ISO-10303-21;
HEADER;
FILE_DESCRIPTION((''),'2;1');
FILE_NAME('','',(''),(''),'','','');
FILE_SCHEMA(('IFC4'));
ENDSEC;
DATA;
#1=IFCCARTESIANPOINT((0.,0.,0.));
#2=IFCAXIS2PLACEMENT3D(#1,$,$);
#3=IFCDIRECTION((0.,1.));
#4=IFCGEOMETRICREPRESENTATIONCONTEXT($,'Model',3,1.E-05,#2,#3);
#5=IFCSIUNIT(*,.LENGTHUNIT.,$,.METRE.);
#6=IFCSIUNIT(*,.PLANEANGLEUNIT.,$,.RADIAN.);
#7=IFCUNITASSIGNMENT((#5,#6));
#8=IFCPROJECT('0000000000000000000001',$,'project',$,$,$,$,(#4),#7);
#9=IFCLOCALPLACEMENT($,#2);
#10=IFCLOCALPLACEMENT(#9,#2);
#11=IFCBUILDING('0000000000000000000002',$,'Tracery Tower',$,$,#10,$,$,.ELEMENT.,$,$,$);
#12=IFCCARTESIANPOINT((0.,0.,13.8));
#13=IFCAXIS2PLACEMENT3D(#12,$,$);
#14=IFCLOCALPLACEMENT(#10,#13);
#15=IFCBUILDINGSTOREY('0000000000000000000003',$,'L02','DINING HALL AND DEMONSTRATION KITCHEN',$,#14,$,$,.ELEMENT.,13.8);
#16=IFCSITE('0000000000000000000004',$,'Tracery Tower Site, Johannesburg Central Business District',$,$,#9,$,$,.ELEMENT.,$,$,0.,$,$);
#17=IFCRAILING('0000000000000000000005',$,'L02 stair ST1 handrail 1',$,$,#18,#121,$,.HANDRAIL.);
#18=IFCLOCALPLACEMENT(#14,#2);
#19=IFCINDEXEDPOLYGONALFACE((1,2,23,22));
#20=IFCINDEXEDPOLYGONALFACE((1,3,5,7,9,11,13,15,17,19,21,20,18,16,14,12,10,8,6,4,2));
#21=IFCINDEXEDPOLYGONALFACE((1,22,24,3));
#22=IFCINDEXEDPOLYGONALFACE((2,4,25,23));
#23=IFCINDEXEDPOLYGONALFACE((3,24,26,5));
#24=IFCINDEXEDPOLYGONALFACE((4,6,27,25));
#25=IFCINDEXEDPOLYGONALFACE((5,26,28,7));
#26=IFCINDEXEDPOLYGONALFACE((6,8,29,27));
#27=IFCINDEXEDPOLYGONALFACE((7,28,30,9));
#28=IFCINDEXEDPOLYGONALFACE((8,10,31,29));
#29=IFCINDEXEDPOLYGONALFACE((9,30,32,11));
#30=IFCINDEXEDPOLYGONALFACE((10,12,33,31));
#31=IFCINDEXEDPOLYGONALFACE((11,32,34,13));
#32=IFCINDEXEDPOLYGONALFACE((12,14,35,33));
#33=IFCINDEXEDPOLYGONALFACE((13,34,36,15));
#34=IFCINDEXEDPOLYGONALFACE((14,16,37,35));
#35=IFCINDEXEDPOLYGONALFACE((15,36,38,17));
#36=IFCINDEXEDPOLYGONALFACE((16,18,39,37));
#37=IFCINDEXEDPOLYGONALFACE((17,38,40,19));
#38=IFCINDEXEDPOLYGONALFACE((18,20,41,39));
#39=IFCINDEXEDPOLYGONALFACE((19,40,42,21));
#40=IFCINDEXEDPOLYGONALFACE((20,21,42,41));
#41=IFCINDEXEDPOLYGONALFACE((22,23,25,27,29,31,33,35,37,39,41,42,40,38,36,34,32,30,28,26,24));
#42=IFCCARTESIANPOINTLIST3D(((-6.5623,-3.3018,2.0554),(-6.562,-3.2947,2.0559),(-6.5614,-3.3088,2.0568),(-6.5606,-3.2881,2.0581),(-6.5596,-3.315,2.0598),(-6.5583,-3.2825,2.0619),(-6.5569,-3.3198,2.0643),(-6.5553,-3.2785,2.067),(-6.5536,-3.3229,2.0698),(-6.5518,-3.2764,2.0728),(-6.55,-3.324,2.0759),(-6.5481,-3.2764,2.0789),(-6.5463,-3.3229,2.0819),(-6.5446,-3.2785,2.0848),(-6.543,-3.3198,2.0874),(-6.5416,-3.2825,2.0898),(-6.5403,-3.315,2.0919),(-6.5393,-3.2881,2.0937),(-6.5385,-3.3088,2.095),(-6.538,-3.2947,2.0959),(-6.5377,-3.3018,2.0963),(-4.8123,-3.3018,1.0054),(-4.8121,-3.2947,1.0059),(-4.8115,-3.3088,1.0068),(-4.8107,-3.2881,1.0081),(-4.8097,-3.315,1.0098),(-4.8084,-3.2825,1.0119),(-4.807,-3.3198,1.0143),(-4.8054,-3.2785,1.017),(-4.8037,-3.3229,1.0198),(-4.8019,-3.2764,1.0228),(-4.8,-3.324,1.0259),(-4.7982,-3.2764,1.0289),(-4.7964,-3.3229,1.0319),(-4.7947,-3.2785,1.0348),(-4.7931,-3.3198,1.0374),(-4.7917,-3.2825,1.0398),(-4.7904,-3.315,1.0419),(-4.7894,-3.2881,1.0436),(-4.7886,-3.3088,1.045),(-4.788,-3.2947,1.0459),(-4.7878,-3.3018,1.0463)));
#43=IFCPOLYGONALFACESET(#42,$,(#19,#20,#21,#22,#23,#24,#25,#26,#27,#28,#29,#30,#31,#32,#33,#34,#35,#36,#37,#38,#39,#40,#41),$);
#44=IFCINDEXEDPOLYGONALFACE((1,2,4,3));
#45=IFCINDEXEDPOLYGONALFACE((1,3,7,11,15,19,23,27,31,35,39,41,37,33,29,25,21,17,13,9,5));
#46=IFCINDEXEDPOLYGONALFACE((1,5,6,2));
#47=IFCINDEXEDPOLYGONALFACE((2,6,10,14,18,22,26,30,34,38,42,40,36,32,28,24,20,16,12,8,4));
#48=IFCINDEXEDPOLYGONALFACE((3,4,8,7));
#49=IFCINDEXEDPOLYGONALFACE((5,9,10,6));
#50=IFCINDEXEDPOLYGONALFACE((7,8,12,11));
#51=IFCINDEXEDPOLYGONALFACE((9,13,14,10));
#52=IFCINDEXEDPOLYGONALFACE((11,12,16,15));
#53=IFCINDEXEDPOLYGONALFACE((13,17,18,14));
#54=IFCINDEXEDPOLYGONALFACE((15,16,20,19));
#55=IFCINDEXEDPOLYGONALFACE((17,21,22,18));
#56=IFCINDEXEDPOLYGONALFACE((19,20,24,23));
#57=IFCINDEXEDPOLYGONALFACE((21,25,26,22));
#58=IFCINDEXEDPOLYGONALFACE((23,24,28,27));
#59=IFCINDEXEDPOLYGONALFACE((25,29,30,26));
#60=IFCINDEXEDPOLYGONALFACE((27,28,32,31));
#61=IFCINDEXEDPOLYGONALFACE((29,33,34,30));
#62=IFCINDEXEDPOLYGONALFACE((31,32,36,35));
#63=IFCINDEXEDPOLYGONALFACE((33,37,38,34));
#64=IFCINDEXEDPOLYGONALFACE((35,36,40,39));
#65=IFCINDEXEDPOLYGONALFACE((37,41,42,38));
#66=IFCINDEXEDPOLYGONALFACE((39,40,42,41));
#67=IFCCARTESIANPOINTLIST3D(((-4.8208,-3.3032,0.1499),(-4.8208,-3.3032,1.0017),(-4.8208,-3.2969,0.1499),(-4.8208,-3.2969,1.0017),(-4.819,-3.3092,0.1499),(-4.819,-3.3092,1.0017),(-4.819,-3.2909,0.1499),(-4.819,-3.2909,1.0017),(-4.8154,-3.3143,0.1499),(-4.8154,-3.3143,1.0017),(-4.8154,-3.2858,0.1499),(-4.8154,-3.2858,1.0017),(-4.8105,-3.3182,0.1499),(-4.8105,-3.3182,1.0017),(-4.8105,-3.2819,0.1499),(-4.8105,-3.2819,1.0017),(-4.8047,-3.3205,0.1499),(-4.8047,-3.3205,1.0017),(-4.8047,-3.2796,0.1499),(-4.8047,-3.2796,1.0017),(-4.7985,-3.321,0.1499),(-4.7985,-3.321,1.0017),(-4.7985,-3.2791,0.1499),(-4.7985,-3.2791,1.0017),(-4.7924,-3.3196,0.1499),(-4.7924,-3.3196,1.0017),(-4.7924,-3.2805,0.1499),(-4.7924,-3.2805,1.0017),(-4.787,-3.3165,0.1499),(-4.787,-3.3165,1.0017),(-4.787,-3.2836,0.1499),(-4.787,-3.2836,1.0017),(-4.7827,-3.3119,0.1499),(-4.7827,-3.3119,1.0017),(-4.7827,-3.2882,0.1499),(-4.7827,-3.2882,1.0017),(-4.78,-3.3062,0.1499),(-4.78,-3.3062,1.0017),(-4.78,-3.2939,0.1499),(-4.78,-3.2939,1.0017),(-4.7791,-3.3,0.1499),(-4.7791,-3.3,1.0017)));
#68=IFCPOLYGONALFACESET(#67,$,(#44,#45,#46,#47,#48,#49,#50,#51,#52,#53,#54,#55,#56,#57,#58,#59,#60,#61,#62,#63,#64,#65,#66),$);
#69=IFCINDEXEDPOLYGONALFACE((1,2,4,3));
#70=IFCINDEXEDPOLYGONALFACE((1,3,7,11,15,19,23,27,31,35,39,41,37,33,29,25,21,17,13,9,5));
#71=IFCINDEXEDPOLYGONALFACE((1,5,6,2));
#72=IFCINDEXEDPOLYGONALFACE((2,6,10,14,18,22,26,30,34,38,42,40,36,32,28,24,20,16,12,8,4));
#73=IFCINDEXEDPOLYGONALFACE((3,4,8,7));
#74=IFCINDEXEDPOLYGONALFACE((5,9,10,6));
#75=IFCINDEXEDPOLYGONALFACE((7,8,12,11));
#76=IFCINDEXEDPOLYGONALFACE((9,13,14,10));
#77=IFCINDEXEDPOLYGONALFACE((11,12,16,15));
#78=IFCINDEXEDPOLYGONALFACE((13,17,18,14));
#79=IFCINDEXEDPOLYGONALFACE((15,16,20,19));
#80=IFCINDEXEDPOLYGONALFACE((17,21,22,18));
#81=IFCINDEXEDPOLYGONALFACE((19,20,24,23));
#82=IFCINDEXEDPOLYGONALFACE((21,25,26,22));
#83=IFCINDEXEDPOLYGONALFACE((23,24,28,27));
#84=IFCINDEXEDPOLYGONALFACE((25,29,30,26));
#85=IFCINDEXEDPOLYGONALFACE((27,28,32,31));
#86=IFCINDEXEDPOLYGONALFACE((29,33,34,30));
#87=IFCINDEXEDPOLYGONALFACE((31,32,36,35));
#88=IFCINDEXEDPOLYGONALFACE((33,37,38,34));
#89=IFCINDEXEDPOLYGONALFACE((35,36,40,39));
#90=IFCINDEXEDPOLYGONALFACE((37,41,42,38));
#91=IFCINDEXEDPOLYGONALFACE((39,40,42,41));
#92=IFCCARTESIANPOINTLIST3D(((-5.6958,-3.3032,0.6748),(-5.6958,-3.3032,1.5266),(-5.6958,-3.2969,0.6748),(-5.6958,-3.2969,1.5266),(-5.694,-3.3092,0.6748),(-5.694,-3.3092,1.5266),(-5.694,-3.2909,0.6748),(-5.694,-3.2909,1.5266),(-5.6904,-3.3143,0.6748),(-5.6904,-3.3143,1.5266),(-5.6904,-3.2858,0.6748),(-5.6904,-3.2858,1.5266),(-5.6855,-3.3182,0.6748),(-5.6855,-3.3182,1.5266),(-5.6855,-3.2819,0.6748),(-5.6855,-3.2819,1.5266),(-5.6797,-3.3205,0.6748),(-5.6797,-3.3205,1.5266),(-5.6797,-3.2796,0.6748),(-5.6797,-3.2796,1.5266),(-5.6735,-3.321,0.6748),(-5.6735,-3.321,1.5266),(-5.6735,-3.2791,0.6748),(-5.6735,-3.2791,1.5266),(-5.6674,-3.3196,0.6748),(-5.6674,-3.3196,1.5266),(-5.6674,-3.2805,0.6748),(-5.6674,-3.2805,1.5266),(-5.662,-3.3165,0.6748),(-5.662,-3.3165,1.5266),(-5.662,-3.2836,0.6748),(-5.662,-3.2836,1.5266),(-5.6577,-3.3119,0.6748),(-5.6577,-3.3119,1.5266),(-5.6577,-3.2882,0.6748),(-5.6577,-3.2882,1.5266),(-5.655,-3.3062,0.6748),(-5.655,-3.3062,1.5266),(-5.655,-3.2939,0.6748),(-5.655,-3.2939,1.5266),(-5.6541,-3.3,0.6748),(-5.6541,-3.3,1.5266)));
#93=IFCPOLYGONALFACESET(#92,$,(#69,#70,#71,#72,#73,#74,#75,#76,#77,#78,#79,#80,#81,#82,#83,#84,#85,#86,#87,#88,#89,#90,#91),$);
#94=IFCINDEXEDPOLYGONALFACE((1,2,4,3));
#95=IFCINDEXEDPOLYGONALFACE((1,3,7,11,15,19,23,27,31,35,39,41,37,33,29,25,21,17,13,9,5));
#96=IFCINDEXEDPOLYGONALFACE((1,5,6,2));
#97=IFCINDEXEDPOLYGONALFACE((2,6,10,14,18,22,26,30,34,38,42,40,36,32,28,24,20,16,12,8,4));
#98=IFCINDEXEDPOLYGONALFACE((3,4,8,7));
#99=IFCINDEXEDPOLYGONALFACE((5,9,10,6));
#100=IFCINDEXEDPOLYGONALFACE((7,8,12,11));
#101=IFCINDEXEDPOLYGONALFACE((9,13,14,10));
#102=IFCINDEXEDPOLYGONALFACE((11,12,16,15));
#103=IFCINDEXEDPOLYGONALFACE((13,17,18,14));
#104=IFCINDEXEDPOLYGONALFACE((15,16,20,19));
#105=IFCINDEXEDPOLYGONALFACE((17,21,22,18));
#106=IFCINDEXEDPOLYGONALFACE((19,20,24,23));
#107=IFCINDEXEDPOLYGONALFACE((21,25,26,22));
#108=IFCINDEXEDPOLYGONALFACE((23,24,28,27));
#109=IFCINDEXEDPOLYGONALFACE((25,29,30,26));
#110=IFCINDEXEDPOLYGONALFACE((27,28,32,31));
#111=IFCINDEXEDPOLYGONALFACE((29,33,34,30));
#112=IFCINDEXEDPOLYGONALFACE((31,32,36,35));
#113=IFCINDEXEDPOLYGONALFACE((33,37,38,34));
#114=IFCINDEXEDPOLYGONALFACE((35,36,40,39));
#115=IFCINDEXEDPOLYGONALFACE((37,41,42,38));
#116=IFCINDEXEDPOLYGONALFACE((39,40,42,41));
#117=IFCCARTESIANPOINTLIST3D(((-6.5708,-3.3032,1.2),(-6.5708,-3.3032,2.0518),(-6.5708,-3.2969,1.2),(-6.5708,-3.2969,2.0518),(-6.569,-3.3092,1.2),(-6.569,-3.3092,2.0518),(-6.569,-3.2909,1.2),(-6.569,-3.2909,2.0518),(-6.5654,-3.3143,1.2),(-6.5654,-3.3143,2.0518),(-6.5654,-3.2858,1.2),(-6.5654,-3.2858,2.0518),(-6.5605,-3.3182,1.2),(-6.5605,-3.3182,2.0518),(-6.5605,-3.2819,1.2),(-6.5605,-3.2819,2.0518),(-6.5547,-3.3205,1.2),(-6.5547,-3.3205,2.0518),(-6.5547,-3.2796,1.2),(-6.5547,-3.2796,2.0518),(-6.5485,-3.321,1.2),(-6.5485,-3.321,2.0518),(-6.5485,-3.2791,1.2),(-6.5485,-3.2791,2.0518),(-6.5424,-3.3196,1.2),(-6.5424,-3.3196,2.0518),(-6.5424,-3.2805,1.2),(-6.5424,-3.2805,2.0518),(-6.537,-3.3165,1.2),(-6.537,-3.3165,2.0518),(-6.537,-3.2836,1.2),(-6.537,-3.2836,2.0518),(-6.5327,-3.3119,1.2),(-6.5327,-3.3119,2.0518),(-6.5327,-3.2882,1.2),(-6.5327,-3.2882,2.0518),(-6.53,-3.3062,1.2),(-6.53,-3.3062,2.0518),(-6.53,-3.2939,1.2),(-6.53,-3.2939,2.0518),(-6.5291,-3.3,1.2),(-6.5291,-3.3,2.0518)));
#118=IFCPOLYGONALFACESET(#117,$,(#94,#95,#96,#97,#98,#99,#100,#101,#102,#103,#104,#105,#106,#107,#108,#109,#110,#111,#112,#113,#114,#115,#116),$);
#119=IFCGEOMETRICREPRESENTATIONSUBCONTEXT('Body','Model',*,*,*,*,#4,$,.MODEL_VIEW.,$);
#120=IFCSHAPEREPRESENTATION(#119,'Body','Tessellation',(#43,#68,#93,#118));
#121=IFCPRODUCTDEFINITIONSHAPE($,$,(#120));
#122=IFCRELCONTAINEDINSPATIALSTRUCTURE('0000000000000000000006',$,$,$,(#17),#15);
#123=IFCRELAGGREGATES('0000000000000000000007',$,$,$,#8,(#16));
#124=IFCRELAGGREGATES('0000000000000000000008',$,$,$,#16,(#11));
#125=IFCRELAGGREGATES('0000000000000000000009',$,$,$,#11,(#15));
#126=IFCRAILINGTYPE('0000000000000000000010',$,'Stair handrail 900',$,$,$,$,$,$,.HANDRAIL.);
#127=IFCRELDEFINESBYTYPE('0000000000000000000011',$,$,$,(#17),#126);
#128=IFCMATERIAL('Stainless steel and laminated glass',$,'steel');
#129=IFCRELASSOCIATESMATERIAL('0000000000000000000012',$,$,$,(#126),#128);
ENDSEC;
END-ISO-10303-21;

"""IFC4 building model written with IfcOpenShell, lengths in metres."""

from ifc_helpers import new_model, si_unit, direction, frame, origin, origin_2d, place, context, subcontext, project, spatial, circle, extrude, material, type_object, element, save


model = new_model("IFC4")

# Units and contexts
model_context = context("Model", 3, precision=1e-05, world=origin(), true_north=direction((0.0, 1.0)))
body_context = subcontext(model_context, "Body", "Model", "MODEL_VIEW")
ifc_project = project(units=[si_unit("LENGTHUNIT", "METRE"), si_unit("PLANEANGLEUNIT", "RADIAN")], contexts=[model_context])

# Site, building, storey
site_placement = place(None, origin())
site = spatial("IfcSite", under=ifc_project, at=site_placement, Name="Tracery Tower Site, Johannesburg Central Business District", CompositionType="ELEMENT", RefElevation=0.0)
building_placement = place(site_placement, origin())
building = spatial("IfcBuilding", under=site, at=building_placement, Name="Tracery Tower", CompositionType="ELEMENT")
storey_placement = place(building_placement, frame((0.0, 0.0, 13.8)))
storey = spatial("IfcBuildingStorey", under=building, at=storey_placement, Name="L02", Description="DINING HALL AND DEMONSTRATION KITCHEN", CompositionType="ELEMENT", Elevation=13.8)

# Railing
ifc_material_1 = material(Name="Stainless steel and laminated glass", Category="steel")
railing_type_1 = type_object("IfcRailingType", Name="Stair handrail 900", PredefinedType="HANDRAIL", material=ifc_material_1)
railing_1_placement = place(storey_placement, frame((-4.8, -3.3, 0.1499)))
element("IfcRailing", 1, at=railing_1_placement, inside=storey, type_object=railing_type_1, Name="L02 stair ST1 handrail 1", PredefinedType="HANDRAIL", context=body_context, shape_type="SweptSolid", body=[
    extrude(circle(Radius=0.0239, at=origin_2d()), frame((0.0, 0.0, 0.876), z_axis=(-0.857482, 0.0, 0.514513), x_axis=(0.0, -1.0, 0.0)), (0.0, 0.0, 1.0), 2.0408),
    extrude(circle(Radius=0.021, at=origin_2d()), origin(), (0.0, 0.0, 1.0), 0.8518),
    extrude(circle(Radius=0.021, at=origin_2d()), frame((-0.875, 0.0, 0.5249)), (0.0, 0.0, 1.0), 0.8518),
    extrude(circle(Radius=0.021, at=origin_2d()), frame((-1.75, 0.0, 1.05)), (0.0, 0.0, 1.0), 0.8518),
])

save(model, "model.ifc")
